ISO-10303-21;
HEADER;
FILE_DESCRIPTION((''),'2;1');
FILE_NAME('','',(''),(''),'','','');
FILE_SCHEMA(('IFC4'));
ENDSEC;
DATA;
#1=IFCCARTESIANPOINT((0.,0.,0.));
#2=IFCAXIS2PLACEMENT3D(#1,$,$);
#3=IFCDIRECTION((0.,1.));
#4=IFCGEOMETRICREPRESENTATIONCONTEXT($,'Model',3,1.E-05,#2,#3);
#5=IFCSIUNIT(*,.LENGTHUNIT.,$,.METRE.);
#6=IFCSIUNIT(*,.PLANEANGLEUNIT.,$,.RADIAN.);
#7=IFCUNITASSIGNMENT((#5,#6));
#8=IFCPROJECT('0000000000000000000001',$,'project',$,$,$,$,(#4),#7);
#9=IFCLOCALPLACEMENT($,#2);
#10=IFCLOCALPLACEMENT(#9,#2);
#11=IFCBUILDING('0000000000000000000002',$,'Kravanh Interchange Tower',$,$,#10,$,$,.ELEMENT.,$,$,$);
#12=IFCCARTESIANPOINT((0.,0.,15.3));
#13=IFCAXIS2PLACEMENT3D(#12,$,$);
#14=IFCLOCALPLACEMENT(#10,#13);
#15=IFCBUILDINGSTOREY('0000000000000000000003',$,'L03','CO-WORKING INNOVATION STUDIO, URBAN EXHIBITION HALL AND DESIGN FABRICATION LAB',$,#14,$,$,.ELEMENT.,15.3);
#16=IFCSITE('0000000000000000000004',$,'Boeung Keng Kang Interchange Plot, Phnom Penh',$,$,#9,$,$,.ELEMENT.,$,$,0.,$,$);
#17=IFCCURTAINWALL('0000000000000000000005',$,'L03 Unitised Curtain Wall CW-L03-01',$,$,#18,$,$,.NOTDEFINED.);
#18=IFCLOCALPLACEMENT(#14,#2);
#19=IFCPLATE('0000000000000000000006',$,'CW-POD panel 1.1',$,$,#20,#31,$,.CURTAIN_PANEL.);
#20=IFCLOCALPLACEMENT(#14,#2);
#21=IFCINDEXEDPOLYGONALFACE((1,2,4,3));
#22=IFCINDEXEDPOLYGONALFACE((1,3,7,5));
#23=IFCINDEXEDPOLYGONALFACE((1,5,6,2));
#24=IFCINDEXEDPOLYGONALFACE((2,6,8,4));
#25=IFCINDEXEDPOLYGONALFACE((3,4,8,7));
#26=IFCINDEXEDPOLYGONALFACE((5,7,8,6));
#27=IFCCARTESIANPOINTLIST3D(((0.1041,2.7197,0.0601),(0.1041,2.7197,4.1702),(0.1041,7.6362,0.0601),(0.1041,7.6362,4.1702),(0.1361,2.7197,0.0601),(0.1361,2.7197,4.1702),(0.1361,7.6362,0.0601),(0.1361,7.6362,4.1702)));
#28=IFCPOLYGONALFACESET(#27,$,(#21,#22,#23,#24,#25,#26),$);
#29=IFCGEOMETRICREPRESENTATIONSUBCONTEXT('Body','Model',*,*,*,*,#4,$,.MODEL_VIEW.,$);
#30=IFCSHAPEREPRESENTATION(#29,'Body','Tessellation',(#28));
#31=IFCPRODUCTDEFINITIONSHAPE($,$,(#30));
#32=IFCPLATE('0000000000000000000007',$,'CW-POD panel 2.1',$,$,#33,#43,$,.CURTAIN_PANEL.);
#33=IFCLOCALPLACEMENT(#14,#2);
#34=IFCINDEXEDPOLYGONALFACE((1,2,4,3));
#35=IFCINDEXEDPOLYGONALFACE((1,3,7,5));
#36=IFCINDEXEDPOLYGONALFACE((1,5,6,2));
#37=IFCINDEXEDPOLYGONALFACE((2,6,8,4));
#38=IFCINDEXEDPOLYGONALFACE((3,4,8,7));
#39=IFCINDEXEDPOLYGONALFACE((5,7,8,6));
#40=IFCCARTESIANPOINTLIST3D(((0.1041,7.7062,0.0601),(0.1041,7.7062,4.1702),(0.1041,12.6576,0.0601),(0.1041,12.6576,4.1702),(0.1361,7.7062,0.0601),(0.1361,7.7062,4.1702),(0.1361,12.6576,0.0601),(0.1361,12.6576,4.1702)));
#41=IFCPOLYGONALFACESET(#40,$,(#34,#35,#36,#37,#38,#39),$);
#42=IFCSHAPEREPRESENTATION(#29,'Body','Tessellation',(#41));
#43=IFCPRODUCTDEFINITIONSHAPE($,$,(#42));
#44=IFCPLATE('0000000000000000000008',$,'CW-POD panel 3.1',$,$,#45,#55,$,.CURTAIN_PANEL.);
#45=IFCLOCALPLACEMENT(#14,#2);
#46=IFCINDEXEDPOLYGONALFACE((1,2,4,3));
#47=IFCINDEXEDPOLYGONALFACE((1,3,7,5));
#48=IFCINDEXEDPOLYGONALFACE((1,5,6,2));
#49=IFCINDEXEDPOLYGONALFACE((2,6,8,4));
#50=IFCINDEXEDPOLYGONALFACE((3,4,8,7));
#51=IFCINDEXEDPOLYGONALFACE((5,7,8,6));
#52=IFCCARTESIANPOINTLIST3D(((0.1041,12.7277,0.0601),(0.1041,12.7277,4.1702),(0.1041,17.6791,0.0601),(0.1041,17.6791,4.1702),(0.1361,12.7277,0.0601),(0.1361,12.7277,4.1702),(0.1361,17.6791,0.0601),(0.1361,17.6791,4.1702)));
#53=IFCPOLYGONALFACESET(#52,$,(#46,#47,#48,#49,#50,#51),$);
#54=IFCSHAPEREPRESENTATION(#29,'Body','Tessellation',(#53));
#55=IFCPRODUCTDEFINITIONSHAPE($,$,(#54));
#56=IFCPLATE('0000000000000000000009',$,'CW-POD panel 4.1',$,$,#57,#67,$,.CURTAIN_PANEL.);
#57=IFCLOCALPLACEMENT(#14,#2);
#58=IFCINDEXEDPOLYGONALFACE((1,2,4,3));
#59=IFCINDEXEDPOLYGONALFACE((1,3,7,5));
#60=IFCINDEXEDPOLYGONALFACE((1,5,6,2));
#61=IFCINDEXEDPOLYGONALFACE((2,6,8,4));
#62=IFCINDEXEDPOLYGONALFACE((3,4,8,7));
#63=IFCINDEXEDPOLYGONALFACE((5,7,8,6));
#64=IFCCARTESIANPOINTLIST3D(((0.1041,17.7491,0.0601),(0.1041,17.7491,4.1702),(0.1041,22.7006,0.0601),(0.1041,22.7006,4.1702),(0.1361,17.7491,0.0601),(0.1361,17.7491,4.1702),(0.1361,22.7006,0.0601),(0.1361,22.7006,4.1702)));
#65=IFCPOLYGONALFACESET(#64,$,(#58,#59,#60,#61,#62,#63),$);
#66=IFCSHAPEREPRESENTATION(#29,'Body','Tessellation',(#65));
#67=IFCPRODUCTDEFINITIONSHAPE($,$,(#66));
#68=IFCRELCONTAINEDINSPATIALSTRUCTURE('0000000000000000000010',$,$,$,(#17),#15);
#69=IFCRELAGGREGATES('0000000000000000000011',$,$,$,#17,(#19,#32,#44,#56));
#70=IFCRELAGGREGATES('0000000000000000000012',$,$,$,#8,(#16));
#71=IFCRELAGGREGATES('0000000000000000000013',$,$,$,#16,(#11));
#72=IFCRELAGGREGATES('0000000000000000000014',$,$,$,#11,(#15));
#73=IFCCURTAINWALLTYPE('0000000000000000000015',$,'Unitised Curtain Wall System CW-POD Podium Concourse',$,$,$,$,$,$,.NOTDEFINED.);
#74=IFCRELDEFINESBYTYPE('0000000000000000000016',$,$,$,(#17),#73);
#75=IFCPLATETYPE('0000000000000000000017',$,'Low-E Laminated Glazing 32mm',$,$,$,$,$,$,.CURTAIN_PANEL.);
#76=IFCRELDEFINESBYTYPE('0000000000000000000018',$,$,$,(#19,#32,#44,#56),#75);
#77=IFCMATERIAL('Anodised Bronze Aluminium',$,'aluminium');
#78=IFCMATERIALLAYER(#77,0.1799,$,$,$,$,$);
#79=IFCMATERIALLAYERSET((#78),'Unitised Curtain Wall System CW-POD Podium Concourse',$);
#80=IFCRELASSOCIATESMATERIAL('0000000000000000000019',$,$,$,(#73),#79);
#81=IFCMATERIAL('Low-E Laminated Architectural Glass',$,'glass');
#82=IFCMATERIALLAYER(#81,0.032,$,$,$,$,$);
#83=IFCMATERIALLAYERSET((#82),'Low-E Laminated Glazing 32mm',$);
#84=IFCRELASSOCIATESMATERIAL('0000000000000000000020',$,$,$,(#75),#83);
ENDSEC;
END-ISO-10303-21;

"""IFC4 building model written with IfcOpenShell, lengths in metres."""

from ifc_helpers import new_model, si_unit, direction, frame, origin, origin_2d, place, context, subcontext, project, spatial, rectangle, extrude, material, layer, layer_set, type_object, element, aggregate, save


model = new_model("IFC4")

# Units and contexts
model_context = context("Model", 3, precision=1e-05, world=origin(), true_north=direction((0.0, 1.0)))
body_context = subcontext(model_context, "Body", "Model", "MODEL_VIEW")
ifc_project = project(units=[si_unit("LENGTHUNIT", "METRE"), si_unit("PLANEANGLEUNIT", "RADIAN")], contexts=[model_context])

# Site, building, storey
site_placement = place(None, origin())
site = spatial("IfcSite", under=ifc_project, at=site_placement, Name="Boeung Keng Kang Interchange Plot, Phnom Penh", CompositionType="ELEMENT", RefElevation=0.0)
building_placement = place(site_placement, origin())
building = spatial("IfcBuilding", under=site, at=building_placement, Name="Kravanh Interchange Tower", CompositionType="ELEMENT")
storey_placement = place(building_placement, frame((0.0, 0.0, 15.3)))
storey = spatial("IfcBuildingStorey", under=building, at=storey_placement, Name="L03", Description="CO-WORKING INNOVATION STUDIO, URBAN EXHIBITION HALL AND DESIGN FABRICATION LAB", CompositionType="ELEMENT", Elevation=15.3)

# Curtain wall
ifc_material_1 = material(Name="Anodised Bronze Aluminium", Category="aluminium")
ifc_layer_1 = layer(ifc_material_1, 0.1799)
ifc_layer_set_1 = layer_set([ifc_layer_1], Name="Unitised Curtain Wall System CW-POD Podium Concourse")
curtain_wall_type = type_object("IfcCurtainWallType", Name="Unitised Curtain Wall System CW-POD Podium Concourse", PredefinedType="NOTDEFINED", material=ifc_layer_set_1)
curtain_wall_placement = place(storey_placement, origin())
curtain_wall = element("IfcCurtainWall", 1, at=curtain_wall_placement, inside=storey, type_object=curtain_wall_type, Name="L03 Unitised Curtain Wall CW-L03-01", PredefinedType="NOTDEFINED")

# Plates
ifc_material_2 = material(Name="Low-E Laminated Architectural Glass", Category="glass")
ifc_layer_2 = layer(ifc_material_2, 0.032)
ifc_layer_set_2 = layer_set([ifc_layer_2], Name="Low-E Laminated Glazing 32mm")
plate_type = type_object("IfcPlateType", Name="Low-E Laminated Glazing 32mm", PredefinedType="CURTAIN_PANEL", material=ifc_layer_set_2)
plate_1_placement = place(storey_placement, frame((0.1201, 5.178, 0.0601), z_axis=(0.0, 0.0, 1.0), x_axis=(0.0, 1.0, 0.0)))
plate_1 = element("IfcPlate", 2, at=plate_1_placement, type_object=plate_type, Name="CW-POD panel 1.1", PredefinedType="CURTAIN_PANEL", context=body_context, shape_type="SweptSolid", body=[
    extrude(rectangle(XDim=4.9165, YDim=0.032, at=origin_2d()), origin(), (0.0, 0.0, 1.0), 4.1101),
])
plate_2_placement = place(storey_placement, frame((0.1201, 10.1819, 0.0601), z_axis=(0.0, 0.0, 1.0), x_axis=(0.0, 1.0, 0.0)))
plate_2 = element("IfcPlate", 3, at=plate_2_placement, type_object=plate_type, Name="CW-POD panel 2.1", PredefinedType="CURTAIN_PANEL", context=body_context, shape_type="SweptSolid", body=[
    extrude(rectangle(XDim=4.9514, YDim=0.032, at=origin_2d()), origin(), (0.0, 0.0, 1.0), 4.1101),
])
plate_3_placement = place(storey_placement, frame((0.1201, 15.2034, 0.0601), z_axis=(0.0, 0.0, 1.0), x_axis=(0.0, 1.0, 0.0)))
plate_3 = element("IfcPlate", 4, at=plate_3_placement, type_object=plate_type, Name="CW-POD panel 3.1", PredefinedType="CURTAIN_PANEL", context=body_context, shape_type="SweptSolid", body=[
    extrude(rectangle(XDim=4.9514, YDim=0.032, at=origin_2d()), origin(), (0.0, 0.0, 1.0), 4.1101),
])
plate_4_placement = place(storey_placement, frame((0.1201, 20.2249, 0.0601), z_axis=(0.0, 0.0, 1.0), x_axis=(0.0, 1.0, 0.0)))
plate_4 = element("IfcPlate", 5, at=plate_4_placement, type_object=plate_type, Name="CW-POD panel 4.1", PredefinedType="CURTAIN_PANEL", context=body_context, shape_type="SweptSolid", body=[
    extrude(rectangle(XDim=4.9514, YDim=0.032, at=origin_2d()), origin(), (0.0, 0.0, 1.0), 4.1101),
])
aggregate(curtain_wall, [plate_1, plate_2, plate_3, plate_4])

save(model, "model.ifc")
